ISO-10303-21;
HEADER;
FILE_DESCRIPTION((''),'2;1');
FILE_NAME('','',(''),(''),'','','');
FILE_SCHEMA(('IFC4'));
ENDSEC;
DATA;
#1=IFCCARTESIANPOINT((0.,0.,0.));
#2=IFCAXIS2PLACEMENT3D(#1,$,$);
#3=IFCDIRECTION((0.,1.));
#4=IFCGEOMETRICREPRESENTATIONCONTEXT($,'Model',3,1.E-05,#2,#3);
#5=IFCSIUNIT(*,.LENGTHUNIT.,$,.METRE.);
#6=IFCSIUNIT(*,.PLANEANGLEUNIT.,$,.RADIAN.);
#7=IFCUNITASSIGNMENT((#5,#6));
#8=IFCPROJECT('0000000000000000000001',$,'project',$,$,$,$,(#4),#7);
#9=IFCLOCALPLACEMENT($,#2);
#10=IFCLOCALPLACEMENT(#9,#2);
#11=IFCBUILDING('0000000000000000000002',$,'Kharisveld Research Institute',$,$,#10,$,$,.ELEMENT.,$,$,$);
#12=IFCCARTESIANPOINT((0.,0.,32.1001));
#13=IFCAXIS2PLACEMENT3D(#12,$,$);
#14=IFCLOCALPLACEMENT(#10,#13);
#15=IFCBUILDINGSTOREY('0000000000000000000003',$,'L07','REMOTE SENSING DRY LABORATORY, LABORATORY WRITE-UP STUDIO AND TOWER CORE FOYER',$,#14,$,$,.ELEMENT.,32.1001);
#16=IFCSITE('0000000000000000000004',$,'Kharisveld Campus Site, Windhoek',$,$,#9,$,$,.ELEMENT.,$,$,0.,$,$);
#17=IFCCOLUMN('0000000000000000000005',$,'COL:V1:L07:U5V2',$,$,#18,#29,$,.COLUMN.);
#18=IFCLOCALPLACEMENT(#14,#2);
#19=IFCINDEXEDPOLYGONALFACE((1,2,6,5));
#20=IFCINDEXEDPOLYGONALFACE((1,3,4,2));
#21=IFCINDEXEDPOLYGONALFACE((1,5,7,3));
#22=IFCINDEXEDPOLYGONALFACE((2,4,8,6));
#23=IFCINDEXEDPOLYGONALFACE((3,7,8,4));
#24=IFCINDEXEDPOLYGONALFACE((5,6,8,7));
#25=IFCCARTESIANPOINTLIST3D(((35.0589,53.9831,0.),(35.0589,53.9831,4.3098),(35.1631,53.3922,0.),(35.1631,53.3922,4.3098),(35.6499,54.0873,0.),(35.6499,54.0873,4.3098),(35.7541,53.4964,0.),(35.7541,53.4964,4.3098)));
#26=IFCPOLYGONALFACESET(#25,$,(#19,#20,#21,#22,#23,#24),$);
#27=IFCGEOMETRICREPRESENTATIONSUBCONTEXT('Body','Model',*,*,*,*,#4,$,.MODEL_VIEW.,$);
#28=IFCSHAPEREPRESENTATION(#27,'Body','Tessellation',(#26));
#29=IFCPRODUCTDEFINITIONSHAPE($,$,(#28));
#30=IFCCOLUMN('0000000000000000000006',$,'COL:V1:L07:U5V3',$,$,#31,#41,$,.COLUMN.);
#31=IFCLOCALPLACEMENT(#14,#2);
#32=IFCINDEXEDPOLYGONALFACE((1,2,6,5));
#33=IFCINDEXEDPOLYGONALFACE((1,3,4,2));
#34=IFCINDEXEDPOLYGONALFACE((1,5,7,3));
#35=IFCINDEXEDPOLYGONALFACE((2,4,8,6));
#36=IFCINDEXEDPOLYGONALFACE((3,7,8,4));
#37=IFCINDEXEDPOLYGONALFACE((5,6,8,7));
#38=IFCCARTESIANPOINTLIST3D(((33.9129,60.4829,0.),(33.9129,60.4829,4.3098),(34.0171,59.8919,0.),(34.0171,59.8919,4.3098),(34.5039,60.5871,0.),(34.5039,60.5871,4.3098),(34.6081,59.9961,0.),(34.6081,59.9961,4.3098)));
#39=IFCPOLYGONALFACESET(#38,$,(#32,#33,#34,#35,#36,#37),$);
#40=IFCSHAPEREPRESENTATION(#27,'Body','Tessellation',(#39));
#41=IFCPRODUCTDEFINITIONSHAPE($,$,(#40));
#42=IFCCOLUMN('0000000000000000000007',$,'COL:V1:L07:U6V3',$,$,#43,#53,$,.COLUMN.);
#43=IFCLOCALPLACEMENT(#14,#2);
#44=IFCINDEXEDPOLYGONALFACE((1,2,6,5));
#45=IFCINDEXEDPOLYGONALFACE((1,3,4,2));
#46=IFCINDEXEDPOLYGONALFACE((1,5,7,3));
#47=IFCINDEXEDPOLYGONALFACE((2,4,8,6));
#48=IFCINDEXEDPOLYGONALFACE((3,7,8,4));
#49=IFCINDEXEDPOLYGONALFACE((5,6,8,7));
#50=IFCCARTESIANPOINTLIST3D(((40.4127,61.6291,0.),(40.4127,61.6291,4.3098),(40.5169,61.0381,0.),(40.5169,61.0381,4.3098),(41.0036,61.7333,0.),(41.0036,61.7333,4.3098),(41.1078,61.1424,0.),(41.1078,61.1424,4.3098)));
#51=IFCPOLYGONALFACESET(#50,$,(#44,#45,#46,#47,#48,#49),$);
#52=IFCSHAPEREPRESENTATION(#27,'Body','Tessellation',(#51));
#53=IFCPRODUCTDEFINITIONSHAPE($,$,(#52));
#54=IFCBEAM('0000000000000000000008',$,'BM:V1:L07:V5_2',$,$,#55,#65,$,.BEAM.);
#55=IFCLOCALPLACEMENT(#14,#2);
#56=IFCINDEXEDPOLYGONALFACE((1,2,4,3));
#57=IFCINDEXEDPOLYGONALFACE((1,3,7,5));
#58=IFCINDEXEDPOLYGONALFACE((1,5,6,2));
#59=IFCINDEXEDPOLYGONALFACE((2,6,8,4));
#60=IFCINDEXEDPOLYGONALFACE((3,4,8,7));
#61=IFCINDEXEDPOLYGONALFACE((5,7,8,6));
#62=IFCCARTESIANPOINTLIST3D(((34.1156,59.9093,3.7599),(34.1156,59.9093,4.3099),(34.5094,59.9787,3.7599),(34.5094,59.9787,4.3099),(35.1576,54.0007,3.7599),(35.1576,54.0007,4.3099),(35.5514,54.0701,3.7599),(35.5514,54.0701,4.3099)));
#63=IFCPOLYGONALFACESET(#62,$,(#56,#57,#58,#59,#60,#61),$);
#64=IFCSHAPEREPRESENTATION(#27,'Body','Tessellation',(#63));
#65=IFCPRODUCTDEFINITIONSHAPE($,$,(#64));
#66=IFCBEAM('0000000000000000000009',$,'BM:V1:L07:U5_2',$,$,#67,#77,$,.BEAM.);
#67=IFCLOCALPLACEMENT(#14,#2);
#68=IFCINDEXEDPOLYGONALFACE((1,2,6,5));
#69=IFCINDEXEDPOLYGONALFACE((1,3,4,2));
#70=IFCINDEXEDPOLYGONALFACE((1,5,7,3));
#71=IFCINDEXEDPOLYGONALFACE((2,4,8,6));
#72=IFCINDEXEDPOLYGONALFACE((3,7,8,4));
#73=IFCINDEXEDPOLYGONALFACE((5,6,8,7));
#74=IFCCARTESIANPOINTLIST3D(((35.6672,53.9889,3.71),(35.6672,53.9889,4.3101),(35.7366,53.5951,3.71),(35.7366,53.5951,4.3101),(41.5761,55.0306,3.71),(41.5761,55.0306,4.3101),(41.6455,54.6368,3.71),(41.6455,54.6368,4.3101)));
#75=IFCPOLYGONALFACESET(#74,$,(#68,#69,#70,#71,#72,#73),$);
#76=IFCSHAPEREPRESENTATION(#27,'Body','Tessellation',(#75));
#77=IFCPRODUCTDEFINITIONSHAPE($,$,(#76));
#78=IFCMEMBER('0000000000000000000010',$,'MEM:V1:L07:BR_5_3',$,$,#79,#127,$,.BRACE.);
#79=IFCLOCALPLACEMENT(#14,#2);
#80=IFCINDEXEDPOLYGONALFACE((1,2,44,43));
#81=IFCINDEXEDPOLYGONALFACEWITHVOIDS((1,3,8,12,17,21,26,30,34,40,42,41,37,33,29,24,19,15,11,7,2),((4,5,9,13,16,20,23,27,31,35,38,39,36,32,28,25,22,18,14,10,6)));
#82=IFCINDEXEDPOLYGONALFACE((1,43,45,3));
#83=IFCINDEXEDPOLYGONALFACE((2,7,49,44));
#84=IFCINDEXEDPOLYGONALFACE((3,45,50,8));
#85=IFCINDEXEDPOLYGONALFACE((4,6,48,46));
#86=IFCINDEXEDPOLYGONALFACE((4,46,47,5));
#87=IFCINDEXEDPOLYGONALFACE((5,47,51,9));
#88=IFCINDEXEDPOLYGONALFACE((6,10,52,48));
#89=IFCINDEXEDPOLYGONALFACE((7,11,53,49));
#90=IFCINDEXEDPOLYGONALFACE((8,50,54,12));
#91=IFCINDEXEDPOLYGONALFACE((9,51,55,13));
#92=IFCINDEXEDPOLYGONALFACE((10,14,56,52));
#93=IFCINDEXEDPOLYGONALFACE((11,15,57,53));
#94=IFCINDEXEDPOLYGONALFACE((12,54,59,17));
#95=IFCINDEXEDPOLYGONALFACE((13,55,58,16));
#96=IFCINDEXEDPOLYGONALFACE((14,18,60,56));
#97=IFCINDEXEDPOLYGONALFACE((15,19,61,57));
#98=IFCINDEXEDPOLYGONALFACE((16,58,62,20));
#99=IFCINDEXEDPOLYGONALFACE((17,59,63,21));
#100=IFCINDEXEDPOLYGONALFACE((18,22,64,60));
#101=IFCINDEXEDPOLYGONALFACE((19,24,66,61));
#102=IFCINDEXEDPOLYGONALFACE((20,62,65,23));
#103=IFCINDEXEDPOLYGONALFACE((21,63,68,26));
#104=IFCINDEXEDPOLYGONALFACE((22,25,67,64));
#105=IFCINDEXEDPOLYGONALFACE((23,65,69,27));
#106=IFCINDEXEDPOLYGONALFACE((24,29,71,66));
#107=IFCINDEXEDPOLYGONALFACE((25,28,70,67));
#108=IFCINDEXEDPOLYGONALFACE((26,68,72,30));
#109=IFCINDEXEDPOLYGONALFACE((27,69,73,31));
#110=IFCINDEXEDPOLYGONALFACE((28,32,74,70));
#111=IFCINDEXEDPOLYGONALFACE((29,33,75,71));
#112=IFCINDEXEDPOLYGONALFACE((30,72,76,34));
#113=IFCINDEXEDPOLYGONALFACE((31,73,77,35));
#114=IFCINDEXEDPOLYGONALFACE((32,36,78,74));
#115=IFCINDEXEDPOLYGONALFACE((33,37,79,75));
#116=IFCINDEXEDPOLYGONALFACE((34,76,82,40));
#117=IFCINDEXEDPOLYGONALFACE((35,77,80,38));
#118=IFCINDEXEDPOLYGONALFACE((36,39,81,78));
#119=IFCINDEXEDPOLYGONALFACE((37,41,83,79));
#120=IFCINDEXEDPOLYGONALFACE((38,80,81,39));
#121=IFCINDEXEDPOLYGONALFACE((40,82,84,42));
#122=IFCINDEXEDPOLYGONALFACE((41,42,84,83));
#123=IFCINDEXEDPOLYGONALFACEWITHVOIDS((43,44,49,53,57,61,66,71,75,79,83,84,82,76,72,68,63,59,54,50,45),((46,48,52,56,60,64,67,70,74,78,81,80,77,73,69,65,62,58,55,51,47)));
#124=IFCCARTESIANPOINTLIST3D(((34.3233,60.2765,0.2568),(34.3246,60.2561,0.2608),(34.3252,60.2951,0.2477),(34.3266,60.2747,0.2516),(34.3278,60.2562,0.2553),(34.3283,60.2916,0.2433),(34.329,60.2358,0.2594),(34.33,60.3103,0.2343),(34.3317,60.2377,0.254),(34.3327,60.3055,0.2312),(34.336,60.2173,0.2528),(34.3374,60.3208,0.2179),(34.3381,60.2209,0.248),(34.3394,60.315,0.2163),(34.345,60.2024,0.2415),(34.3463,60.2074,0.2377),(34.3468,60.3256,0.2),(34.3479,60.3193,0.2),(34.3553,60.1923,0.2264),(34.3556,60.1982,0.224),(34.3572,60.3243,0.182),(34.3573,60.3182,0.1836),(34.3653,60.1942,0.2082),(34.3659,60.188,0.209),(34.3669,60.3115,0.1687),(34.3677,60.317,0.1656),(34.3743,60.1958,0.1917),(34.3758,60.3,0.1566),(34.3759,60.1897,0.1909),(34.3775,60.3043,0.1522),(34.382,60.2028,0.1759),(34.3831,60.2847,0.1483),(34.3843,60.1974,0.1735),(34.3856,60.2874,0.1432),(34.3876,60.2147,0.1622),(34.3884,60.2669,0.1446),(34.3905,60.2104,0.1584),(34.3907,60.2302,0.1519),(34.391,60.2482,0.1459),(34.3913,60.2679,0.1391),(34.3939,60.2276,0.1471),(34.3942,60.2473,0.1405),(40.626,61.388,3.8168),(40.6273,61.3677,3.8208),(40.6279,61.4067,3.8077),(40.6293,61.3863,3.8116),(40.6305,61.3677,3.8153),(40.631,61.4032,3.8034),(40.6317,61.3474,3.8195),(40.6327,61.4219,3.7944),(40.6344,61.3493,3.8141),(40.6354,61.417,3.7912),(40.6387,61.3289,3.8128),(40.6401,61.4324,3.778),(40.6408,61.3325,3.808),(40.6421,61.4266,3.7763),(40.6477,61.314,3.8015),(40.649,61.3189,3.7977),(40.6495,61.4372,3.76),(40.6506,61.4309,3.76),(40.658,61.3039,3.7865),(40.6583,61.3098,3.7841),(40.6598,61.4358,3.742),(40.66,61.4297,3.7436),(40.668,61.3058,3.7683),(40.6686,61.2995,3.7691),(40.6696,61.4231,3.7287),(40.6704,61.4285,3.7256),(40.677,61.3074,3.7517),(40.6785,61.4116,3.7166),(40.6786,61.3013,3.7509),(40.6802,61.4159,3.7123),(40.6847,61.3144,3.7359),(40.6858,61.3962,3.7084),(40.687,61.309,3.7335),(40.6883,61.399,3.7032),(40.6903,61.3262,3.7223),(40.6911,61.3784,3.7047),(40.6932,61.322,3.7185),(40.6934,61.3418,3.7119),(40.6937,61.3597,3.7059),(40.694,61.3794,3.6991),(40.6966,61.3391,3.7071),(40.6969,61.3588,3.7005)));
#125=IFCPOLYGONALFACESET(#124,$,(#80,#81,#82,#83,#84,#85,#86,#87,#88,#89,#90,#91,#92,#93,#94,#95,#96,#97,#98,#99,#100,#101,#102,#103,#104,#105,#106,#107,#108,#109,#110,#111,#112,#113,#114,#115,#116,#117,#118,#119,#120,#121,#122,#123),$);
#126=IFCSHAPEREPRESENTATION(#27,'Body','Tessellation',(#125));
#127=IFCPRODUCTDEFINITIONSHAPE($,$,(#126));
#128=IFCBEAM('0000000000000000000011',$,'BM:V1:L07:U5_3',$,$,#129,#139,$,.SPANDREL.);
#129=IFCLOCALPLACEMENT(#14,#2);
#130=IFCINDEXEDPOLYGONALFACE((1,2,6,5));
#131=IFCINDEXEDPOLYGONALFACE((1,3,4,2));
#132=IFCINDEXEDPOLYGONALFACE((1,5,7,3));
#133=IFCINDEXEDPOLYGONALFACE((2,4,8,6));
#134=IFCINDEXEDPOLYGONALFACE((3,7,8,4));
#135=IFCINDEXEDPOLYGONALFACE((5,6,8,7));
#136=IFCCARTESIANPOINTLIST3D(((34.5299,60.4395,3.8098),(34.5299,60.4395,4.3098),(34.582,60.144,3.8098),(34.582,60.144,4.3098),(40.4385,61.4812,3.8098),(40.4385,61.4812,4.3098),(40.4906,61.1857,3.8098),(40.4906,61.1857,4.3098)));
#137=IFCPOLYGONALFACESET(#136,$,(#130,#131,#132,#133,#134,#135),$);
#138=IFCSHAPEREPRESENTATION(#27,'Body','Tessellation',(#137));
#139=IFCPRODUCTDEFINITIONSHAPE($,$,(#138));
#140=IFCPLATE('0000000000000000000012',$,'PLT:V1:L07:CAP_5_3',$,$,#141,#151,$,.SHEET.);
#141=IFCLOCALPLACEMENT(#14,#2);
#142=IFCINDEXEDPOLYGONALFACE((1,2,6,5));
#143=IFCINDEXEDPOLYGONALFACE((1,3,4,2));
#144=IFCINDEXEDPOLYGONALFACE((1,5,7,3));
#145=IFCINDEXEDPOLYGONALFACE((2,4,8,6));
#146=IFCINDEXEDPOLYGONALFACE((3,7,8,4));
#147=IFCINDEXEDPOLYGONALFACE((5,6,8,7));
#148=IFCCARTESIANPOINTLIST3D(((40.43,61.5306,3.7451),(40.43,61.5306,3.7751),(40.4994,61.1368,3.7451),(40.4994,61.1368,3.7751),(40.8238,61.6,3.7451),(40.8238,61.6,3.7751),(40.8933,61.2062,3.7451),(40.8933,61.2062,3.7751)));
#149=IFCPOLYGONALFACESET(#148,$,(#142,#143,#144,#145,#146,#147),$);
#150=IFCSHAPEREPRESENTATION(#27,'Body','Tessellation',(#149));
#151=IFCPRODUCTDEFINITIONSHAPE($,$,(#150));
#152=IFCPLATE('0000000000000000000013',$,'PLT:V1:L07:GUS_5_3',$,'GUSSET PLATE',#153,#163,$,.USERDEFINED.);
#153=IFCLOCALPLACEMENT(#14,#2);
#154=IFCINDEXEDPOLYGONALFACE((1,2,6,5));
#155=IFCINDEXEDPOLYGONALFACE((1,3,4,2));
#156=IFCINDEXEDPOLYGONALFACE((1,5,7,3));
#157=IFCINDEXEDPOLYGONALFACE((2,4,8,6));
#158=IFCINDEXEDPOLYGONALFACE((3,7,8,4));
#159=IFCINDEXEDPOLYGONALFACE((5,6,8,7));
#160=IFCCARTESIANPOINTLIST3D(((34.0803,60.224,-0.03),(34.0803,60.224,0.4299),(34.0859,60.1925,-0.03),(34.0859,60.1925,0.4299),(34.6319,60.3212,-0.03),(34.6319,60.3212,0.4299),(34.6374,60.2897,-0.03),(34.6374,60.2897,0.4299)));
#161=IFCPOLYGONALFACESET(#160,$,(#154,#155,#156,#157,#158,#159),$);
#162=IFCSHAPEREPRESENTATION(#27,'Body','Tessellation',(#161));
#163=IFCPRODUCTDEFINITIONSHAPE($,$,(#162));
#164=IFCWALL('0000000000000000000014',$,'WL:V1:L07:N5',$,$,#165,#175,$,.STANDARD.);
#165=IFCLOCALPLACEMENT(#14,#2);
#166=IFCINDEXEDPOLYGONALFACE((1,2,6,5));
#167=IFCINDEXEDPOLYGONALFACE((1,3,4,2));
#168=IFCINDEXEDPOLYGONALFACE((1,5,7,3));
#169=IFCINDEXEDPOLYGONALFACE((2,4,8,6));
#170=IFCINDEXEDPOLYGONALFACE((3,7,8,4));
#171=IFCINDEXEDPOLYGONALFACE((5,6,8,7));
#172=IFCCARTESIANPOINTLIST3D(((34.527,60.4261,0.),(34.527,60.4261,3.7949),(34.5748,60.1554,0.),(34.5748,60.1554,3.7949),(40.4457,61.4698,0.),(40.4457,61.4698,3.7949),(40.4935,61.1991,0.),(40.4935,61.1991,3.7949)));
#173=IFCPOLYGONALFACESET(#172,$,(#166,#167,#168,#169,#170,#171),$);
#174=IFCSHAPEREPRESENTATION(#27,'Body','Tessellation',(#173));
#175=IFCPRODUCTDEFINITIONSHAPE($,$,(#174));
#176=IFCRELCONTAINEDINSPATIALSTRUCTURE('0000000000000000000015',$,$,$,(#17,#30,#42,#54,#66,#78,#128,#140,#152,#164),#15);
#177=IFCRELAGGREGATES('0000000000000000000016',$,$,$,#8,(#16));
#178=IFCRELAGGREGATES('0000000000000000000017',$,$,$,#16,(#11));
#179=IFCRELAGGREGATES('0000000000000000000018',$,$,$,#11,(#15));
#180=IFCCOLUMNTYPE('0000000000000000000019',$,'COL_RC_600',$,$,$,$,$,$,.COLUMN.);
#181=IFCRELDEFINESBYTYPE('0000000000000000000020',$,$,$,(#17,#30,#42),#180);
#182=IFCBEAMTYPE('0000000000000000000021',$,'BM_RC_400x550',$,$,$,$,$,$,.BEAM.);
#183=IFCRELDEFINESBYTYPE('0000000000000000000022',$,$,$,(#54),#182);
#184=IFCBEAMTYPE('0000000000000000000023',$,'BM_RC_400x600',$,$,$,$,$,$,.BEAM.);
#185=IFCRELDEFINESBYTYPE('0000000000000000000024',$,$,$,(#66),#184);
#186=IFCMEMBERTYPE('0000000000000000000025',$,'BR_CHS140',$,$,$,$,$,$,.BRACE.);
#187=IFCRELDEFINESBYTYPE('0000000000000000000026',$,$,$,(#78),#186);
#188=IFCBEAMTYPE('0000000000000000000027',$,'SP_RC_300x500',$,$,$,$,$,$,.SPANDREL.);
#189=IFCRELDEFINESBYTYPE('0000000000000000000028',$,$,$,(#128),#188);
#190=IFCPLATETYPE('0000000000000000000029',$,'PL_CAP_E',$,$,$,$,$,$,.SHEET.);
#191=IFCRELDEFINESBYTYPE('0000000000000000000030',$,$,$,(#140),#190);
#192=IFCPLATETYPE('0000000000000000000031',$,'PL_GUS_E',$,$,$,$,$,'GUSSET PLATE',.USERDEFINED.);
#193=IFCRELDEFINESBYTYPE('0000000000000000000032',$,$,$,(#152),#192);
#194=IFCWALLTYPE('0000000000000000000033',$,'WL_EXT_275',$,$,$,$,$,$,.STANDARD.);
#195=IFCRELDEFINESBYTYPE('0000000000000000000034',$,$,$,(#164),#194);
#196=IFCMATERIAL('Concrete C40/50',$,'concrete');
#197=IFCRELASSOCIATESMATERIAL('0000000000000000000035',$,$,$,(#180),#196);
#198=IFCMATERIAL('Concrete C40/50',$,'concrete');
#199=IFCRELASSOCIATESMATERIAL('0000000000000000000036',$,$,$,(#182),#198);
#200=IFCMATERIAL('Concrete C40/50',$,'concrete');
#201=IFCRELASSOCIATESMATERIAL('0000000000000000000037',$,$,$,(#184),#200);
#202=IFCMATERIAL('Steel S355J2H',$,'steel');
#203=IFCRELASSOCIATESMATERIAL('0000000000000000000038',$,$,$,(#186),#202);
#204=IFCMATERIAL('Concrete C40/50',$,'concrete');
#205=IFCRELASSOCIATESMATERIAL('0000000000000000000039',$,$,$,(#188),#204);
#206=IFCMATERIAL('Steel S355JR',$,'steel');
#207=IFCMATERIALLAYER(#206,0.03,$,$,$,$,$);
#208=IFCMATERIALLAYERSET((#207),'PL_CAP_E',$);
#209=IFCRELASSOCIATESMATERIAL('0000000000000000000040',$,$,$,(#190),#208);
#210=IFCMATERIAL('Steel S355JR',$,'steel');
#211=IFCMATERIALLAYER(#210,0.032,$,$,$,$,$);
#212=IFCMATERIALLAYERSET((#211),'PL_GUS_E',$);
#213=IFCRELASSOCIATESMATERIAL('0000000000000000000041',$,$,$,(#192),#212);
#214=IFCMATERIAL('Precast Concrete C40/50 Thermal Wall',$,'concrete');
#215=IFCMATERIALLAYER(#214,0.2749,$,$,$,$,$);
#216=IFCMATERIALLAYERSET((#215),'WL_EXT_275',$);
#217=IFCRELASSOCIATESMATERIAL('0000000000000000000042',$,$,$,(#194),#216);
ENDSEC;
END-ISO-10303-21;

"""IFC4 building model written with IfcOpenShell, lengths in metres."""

from ifc_helpers import new_model, si_unit, direction, frame, frame_2d, origin, origin_2d, place, context, subcontext, project, spatial, rectangle, hollow_circle, extrude, material, layer, layer_set, material_profile, profile_set, type_object, element, save


model = new_model("IFC4")

# Units and contexts
model_context = context("Model", 3, precision=1e-05, world=origin(), true_north=direction((0.0, 1.0)))
body_context = subcontext(model_context, "Body", "Model", "MODEL_VIEW")
ifc_project = project(units=[si_unit("LENGTHUNIT", "METRE"), si_unit("PLANEANGLEUNIT", "RADIAN")], contexts=[model_context])

# Site, building, storey
site_placement = place(None, origin())
site = spatial("IfcSite", under=ifc_project, at=site_placement, Name="Kharisveld Campus Site, Windhoek", CompositionType="ELEMENT", RefElevation=0.0)
building_placement = place(site_placement, origin())
building = spatial("IfcBuilding", under=site, at=building_placement, Name="Kharisveld Research Institute", CompositionType="ELEMENT")
storey_placement = place(building_placement, frame((0.0, 0.0, 32.1001)))
storey = spatial("IfcBuildingStorey", under=building, at=storey_placement, Name="L07", Description="REMOTE SENSING DRY LABORATORY, LABORATORY WRITE-UP STUDIO AND TOWER CORE FOYER", CompositionType="ELEMENT", Elevation=32.1001)

# Columns
ifc_material_1 = material(Name="Concrete C40/50", Category="concrete")
ifc_material_profile_1 = material_profile(ifc_material_1, rectangle(XDim=0.6001, YDim=0.6001, at=origin_2d()))
ifc_profile_set_1 = profile_set([ifc_material_profile_1], Name="Concrete C40/50")
column_type = type_object("IfcColumnType", Name="COL_RC_600", PredefinedType="COLUMN", material=ifc_profile_set_1)
for number, where, z_axis, x_axis, name in (
    (1, (35.4065, 53.7397, 0.0), (0.0, 0.0, 1.0), (0.984808, 0.173648, 0.0), "COL:V1:L07:U5V2"),
    (2, (34.2605, 60.2395, 0.0), (0.0, 0.0, 1.0), (0.984808, 0.173648, 0.0), "COL:V1:L07:U5V3"),
    (3, (40.7603, 61.3857, 0.0), (0.0, 0.0, 1.0), (0.984808, 0.173648, 0.0), "COL:V1:L07:U6V3"),
):
    element("IfcColumn", number, at=place(storey_placement, frame(where, z_axis=z_axis, x_axis=x_axis)), inside=storey, type_object=column_type, Name=name, PredefinedType="COLUMN", context=body_context, shape_type="SweptSolid", body=[
        extrude(rectangle(XDim=0.6001, YDim=0.6001, at=origin_2d()), origin(), (0.0, 0.0, 1.0), 4.3098),
    ])

# Beams
ifc_material_2 = material(Name="Concrete C40/50", Category="concrete")
ifc_material_profile_2 = material_profile(ifc_material_2, rectangle(XDim=0.3999, YDim=0.55, at=origin_2d()))
ifc_profile_set_2 = profile_set([ifc_material_profile_2], Name="Concrete C40/50")
beam_type_1 = type_object("IfcBeamType", Name="BM_RC_400x550", PredefinedType="BEAM", material=ifc_profile_set_2)
beam_1_placement = place(storey_placement, frame((35.3545, 54.0354, 4.0349), z_axis=(-0.173669, 0.984804, 0.0), x_axis=(-0.984804, -0.173669, 0.0)))
element("IfcBeam", 4, at=beam_1_placement, inside=storey, type_object=beam_type_1, Name="BM:V1:L07:V5_2", PredefinedType="BEAM", context=body_context, shape_type="SweptSolid", body=[
    extrude(rectangle(XDim=0.3999, YDim=0.55, at=origin_2d()), origin(), (0.0, 0.0, 1.0), 5.9998),
])
ifc_material_3 = material(Name="Concrete C40/50", Category="concrete")
ifc_material_profile_3 = material_profile(ifc_material_3, rectangle(XDim=0.3999, YDim=0.6001, at=origin_2d()))
ifc_profile_set_3 = profile_set([ifc_material_profile_3], Name="Concrete C40/50")
beam_type_2 = type_object("IfcBeamType", Name="BM_RC_400x600", PredefinedType="BEAM", material=ifc_profile_set_3)
beam_2_placement = place(storey_placement, frame((35.7019, 53.792, 4.01), z_axis=(0.984812, 0.173623, 0.0), x_axis=(-0.173623, 0.984812, 0.0)))
element("IfcBeam", 5, at=beam_2_placement, inside=storey, type_object=beam_type_2, Name="BM:V1:L07:U5_2", PredefinedType="BEAM", context=body_context, shape_type="SweptSolid", body=[
    extrude(rectangle(XDim=0.3999, YDim=0.6001, at=origin_2d()), origin(), (0.0, 0.0, 1.0), 6.0),
])

# Member
ifc_material_4 = material(Name="Steel S355J2H", Category="steel")
ifc_material_profile_4 = material_profile(ifc_material_4, hollow_circle(Radius=0.0698, WallThickness=0.0063, at=origin_2d()))
ifc_profile_set_4 = profile_set([ifc_material_profile_4], Name="Steel S355J2H")
member_type = type_object("IfcMemberType", Name="BR_CHS140", PredefinedType="BRACE", material=ifc_profile_set_4)
member_placement = place(storey_placement, frame((34.3589, 60.2568, 0.2), z_axis=(0.860614, 0.151781, 0.486112), x_axis=(-0.173683, 0.984802, 0.0)))
element("IfcMember", 6, at=member_placement, inside=storey, type_object=member_type, Name="MEM:V1:L07:BR_5_3", PredefinedType="BRACE", context=body_context, shape_type="SweptSolid", body=[
    extrude(hollow_circle(Radius=0.0698, WallThickness=0.0063, at=origin_2d()), origin(), (0.0, 0.0, 1.0), 7.3235),
])

# Beam
ifc_material_5 = material(Name="Concrete C40/50", Category="concrete")
ifc_material_profile_5 = material_profile(ifc_material_5, rectangle(XDim=0.3, YDim=0.5, at=origin_2d()))
ifc_profile_set_5 = profile_set([ifc_material_profile_5], Name="Concrete C40/50")
beam_type_3 = type_object("IfcBeamType", Name="SP_RC_300x500", PredefinedType="SPANDREL", material=ifc_profile_set_5)
beam_3_placement = place(storey_placement, frame((34.5559, 60.2917, 4.0598), z_axis=(0.984811, 0.17363, 0.0), x_axis=(-0.17363, 0.984811, 0.0)))
element("IfcBeam", 7, at=beam_3_placement, inside=storey, type_object=beam_type_3, Name="BM:V1:L07:U5_3", PredefinedType="SPANDREL", context=body_context, shape_type="SweptSolid", body=[
    extrude(rectangle(XDim=0.3, YDim=0.5, at=origin_2d()), origin(), (0.0, 0.0, 1.0), 5.9998),
])

# Plates
ifc_material_6 = material(Name="Steel S355JR", Category="steel")
ifc_layer_1 = layer(ifc_material_6, 0.03)
ifc_layer_set_1 = layer_set([ifc_layer_1], Name="PL_CAP_E")
plate_type_1 = type_object("IfcPlateType", Name="PL_CAP_E", PredefinedType="SHEET", material=ifc_layer_set_1)
plate_1_placement = place(storey_placement, frame((40.6616, 61.3684, 3.7451), z_axis=(0.0, 0.0, 1.0), x_axis=(0.984808, 0.173648, 0.0)))
element("IfcPlate", 8, at=plate_1_placement, inside=storey, type_object=plate_type_1, Name="PLT:V1:L07:CAP_5_3", PredefinedType="SHEET", context=body_context, shape_type="SweptSolid", body=[
    extrude(rectangle(XDim=0.3999, YDim=0.3999, at=origin_2d()), origin(), (0.0, 0.0, 1.0), 0.03),
])
ifc_material_7 = material(Name="Steel S355JR", Category="steel")
ifc_layer_2 = layer(ifc_material_7, 0.032)
ifc_layer_set_2 = layer_set([ifc_layer_2], Name="PL_GUS_E")
plate_type_2 = type_object("IfcPlateType", Name="PL_GUS_E", ElementType="GUSSET PLATE", PredefinedType="USERDEFINED", material=ifc_layer_set_2)
plate_2_placement = place(storey_placement, frame((34.3589, 60.2568, -0.03), z_axis=(0.0, 0.0, 1.0), x_axis=(0.984808, 0.173648, 0.0)))
element("IfcPlate", 9, at=plate_2_placement, inside=storey, type_object=plate_type_2, Name="PLT:V1:L07:GUS_5_3", ObjectType="GUSSET PLATE", PredefinedType="USERDEFINED", context=body_context, shape_type="SweptSolid", body=[
    extrude(rectangle(XDim=0.5601, YDim=0.032, at=origin_2d()), origin(), (0.0, 0.0, 1.0), 0.46),
])

# Wall
ifc_material_8 = material(Name="Precast Concrete C40/50 Thermal Wall", Category="concrete")
ifc_layer_3 = layer(ifc_material_8, 0.2749)
ifc_layer_set_3 = layer_set([ifc_layer_3], Name="WL_EXT_275")
wall_type_1 = type_object("IfcWallType", Name="WL_EXT_275", PredefinedType="STANDARD", material=ifc_layer_set_3)
wall_1_placement = place(storey_placement, frame((34.551, 60.2908, 0.0), z_axis=(0.0, 0.0, 1.0), x_axis=(0.984806, 0.17366, 0.0)))
element("IfcWall", 10, at=wall_1_placement, inside=storey, type_object=wall_type_1, Name="WL:V1:L07:N5", PredefinedType="STANDARD", context=body_context, shape_type="SweptSolid", body=[
    extrude(rectangle(XDim=6.01, YDim=0.2749, at=frame_2d((3.0049, 0.0))), origin(), (0.0, 0.0, 1.0), 3.7949),
])

save(model, "model.ifc")
